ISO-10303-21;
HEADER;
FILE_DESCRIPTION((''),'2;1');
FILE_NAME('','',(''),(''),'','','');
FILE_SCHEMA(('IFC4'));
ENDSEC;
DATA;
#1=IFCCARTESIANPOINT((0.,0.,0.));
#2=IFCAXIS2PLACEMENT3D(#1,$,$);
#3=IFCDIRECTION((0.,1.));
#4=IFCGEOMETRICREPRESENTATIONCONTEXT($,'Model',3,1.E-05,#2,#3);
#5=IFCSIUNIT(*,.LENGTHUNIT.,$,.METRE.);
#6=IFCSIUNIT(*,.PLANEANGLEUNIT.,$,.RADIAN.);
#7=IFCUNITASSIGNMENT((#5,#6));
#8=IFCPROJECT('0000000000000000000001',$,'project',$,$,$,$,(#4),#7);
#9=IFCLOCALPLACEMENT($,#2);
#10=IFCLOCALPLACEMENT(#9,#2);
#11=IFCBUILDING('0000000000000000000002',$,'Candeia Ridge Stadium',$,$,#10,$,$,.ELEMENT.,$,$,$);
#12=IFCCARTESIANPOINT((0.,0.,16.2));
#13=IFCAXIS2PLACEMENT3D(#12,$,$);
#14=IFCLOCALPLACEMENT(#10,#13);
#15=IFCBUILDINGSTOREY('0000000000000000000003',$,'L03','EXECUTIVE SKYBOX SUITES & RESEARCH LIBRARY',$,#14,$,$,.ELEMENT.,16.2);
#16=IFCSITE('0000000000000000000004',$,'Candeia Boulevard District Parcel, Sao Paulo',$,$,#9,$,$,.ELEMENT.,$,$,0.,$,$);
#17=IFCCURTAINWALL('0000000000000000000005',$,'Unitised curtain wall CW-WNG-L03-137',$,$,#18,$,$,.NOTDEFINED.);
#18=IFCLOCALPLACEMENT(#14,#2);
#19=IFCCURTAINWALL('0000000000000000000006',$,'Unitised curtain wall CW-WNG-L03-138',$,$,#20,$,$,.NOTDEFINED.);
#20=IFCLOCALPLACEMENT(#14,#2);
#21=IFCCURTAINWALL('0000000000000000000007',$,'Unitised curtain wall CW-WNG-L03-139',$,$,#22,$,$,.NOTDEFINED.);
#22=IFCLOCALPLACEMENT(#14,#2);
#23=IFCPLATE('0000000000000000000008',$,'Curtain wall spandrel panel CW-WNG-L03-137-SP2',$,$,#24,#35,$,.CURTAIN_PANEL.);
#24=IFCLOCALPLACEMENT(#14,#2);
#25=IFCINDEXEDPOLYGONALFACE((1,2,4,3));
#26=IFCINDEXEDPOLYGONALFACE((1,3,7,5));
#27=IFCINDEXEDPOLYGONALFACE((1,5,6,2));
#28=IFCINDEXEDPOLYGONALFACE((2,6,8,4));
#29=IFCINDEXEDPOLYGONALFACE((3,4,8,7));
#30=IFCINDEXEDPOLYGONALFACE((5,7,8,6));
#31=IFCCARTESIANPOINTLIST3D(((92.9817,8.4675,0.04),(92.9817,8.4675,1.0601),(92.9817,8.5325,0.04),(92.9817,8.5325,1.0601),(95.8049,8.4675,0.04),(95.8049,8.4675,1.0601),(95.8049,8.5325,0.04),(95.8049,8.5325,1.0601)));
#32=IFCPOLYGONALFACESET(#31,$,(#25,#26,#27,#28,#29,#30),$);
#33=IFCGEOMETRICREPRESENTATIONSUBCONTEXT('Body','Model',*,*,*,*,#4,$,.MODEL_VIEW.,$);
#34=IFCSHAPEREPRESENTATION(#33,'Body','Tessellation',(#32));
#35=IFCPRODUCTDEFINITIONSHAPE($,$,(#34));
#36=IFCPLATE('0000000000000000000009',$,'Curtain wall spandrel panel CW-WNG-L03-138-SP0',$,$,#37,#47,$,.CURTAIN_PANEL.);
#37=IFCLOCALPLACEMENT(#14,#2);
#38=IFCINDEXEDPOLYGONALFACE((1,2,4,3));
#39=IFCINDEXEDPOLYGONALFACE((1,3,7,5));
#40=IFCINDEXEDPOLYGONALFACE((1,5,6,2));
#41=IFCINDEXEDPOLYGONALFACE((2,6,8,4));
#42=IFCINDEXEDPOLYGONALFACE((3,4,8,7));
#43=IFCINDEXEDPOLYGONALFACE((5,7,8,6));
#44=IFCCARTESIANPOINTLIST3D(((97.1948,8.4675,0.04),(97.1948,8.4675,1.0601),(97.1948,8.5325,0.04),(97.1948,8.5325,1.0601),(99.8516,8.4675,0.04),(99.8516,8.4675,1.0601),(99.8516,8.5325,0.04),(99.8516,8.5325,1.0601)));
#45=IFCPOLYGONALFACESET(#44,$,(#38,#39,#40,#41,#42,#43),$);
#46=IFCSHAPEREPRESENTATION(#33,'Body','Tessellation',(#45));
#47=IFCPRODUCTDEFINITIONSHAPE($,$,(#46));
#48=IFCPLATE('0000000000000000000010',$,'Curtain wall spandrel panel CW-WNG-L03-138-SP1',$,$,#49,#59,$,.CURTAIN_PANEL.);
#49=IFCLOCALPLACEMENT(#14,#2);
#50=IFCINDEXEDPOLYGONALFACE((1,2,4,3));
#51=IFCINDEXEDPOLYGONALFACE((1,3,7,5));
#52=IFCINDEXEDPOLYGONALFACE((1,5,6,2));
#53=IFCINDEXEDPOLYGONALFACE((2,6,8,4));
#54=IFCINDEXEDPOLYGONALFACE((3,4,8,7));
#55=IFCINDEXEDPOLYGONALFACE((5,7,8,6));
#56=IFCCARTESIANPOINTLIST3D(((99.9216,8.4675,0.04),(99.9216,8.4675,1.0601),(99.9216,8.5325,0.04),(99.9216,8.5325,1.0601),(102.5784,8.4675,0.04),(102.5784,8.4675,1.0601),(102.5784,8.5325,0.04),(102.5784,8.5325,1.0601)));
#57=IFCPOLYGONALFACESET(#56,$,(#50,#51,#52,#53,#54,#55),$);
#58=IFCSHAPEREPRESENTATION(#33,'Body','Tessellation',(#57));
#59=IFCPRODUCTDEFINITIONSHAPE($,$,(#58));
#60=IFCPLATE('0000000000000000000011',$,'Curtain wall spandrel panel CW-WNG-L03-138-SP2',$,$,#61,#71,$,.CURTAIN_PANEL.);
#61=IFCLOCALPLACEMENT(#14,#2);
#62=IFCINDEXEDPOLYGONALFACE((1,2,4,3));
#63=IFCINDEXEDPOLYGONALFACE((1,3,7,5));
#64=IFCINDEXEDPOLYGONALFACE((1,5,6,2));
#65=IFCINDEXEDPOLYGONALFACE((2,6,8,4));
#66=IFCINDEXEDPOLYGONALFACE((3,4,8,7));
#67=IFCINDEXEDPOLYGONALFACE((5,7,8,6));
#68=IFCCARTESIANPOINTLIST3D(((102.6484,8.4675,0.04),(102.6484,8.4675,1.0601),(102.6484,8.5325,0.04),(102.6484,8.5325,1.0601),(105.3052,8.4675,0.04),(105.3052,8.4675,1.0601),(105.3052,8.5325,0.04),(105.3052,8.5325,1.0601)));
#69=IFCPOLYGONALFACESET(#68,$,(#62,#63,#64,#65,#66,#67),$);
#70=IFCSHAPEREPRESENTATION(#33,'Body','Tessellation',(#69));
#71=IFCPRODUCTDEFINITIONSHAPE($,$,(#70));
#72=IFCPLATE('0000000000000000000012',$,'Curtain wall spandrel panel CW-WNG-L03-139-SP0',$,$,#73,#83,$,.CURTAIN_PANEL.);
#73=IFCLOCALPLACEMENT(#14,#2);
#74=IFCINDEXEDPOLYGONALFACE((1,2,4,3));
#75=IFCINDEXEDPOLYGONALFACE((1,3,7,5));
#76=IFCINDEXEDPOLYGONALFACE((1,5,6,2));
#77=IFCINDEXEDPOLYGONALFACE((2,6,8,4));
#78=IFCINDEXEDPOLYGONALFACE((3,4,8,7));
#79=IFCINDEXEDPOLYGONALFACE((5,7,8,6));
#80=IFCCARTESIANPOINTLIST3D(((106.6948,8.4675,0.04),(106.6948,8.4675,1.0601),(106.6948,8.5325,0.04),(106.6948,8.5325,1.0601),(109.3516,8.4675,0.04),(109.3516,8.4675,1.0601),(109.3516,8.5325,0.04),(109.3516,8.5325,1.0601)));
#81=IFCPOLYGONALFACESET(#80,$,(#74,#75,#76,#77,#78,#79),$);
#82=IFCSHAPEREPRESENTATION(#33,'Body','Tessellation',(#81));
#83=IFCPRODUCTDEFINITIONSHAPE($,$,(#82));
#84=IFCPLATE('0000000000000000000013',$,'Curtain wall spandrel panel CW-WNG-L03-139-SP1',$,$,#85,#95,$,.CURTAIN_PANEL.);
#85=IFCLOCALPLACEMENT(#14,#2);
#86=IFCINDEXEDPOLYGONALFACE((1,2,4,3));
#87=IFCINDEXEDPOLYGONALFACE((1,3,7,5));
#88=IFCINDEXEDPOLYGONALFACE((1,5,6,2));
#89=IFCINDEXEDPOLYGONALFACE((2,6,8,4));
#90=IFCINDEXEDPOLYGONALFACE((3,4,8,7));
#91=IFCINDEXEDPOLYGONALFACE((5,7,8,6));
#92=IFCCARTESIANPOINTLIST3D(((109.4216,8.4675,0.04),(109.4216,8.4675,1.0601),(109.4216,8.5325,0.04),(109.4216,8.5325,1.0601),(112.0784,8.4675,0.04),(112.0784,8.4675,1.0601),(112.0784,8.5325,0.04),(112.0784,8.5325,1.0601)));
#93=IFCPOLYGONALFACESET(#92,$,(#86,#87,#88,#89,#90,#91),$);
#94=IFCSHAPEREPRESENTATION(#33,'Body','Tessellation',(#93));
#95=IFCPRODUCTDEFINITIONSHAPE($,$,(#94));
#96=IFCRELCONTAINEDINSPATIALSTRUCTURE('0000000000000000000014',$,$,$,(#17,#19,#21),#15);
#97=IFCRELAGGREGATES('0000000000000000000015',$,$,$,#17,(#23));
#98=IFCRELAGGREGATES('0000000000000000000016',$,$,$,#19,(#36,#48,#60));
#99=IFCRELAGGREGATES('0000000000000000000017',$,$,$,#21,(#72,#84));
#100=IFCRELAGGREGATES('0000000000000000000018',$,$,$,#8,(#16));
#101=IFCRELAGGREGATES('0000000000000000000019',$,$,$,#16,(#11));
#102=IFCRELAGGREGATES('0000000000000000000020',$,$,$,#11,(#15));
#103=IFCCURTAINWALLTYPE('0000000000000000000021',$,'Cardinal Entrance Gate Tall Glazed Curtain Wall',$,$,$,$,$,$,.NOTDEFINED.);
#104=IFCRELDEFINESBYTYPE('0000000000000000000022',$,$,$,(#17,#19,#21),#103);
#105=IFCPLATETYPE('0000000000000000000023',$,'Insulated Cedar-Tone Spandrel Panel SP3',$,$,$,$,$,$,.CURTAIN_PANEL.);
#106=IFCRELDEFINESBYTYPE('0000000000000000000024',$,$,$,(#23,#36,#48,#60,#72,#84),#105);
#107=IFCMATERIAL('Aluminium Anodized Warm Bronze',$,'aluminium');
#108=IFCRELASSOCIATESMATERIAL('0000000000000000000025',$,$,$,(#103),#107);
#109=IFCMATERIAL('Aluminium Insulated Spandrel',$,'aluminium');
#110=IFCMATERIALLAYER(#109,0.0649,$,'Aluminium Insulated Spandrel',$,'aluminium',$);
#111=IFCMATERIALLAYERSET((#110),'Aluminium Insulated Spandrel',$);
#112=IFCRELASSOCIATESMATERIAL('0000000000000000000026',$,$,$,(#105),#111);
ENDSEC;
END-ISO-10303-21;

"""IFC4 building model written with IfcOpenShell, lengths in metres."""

from ifc_helpers import new_model, si_unit, direction, frame, origin, origin_2d, place, context, subcontext, project, spatial, rectangle, extrude, material, layer, layer_set, type_object, element, aggregate, save


model = new_model("IFC4")

# Units and contexts
model_context = context("Model", 3, precision=1e-05, world=origin(), true_north=direction((0.0, 1.0)))
body_context = subcontext(model_context, "Body", "Model", "MODEL_VIEW")
ifc_project = project(units=[si_unit("LENGTHUNIT", "METRE"), si_unit("PLANEANGLEUNIT", "RADIAN")], contexts=[model_context])

# Site, building, storey
site_placement = place(None, origin())
site = spatial("IfcSite", under=ifc_project, at=site_placement, Name="Candeia Boulevard District Parcel, Sao Paulo", CompositionType="ELEMENT", RefElevation=0.0)
building_placement = place(site_placement, origin())
building = spatial("IfcBuilding", under=site, at=building_placement, Name="Candeia Ridge Stadium", CompositionType="ELEMENT")
storey_placement = place(building_placement, frame((0.0, 0.0, 16.2)))
storey = spatial("IfcBuildingStorey", under=building, at=storey_placement, Name="L03", Description="EXECUTIVE SKYBOX SUITES & RESEARCH LIBRARY", CompositionType="ELEMENT", Elevation=16.2)

# Curtain wall
ifc_material_1 = material(Name="Aluminium Anodized Warm Bronze", Category="aluminium")
curtain_wall_type = type_object("IfcCurtainWallType", Name="Cardinal Entrance Gate Tall Glazed Curtain Wall", PredefinedType="NOTDEFINED", material=ifc_material_1)
curtain_wall_1_placement = place(storey_placement, origin())
curtain_wall_1 = element("IfcCurtainWall", 1, at=curtain_wall_1_placement, inside=storey, type_object=curtain_wall_type, Name="Unitised curtain wall CW-WNG-L03-137", PredefinedType="NOTDEFINED")

# Curtain wall
curtain_wall_2_placement = place(storey_placement, origin())
curtain_wall_2 = element("IfcCurtainWall", 2, at=curtain_wall_2_placement, inside=storey, type_object=curtain_wall_type, Name="Unitised curtain wall CW-WNG-L03-138", PredefinedType="NOTDEFINED")

# Curtain wall
curtain_wall_3_placement = place(storey_placement, origin())
curtain_wall_3 = element("IfcCurtainWall", 3, at=curtain_wall_3_placement, inside=storey, type_object=curtain_wall_type, Name="Unitised curtain wall CW-WNG-L03-139", PredefinedType="NOTDEFINED")

# Plates
ifc_material_2 = material(Name="Aluminium Insulated Spandrel", Category="aluminium")
ifc_layer_1 = layer(ifc_material_2, 0.0649, Name="Aluminium Insulated Spandrel", Category="aluminium")
ifc_layer_set_1 = layer_set([ifc_layer_1], Name="Aluminium Insulated Spandrel")
plate_type_1 = type_object("IfcPlateType", Name="Insulated Cedar-Tone Spandrel Panel SP3", PredefinedType="CURTAIN_PANEL", material=ifc_layer_set_1)
plate_1_placement = place(storey_placement, frame((94.3933, 8.5, 0.04), z_axis=(0.0, 0.0, 1.0), x_axis=(1.0, 0.0, 0.0)))
plate_1 = element("IfcPlate", 4, at=plate_1_placement, type_object=plate_type_1, Name="Curtain wall spandrel panel CW-WNG-L03-137-SP2", PredefinedType="CURTAIN_PANEL", context=body_context, shape_type="SweptSolid", body=[
    extrude(rectangle(XDim=2.8232, YDim=0.0649, at=origin_2d()), origin(), (0.0, 0.0, 1.0), 1.02),
])
aggregate(curtain_wall_1, [plate_1])
plate_2_placement = place(storey_placement, frame((98.5232, 8.5, 0.04), z_axis=(0.0, 0.0, 1.0), x_axis=(1.0, 0.0, 0.0)))
plate_2 = element("IfcPlate", 5, at=plate_2_placement, type_object=plate_type_1, Name="Curtain wall spandrel panel CW-WNG-L03-138-SP0", PredefinedType="CURTAIN_PANEL", context=body_context, shape_type="SweptSolid", body=[
    extrude(rectangle(XDim=2.6567, YDim=0.0649, at=origin_2d()), origin(), (0.0, 0.0, 1.0), 1.02),
])
plate_3_placement = place(storey_placement, frame((101.25, 8.5, 0.04), z_axis=(0.0, 0.0, 1.0), x_axis=(1.0, 0.0, 0.0)))
plate_3 = element("IfcPlate", 6, at=plate_3_placement, type_object=plate_type_1, Name="Curtain wall spandrel panel CW-WNG-L03-138-SP1", PredefinedType="CURTAIN_PANEL", context=body_context, shape_type="SweptSolid", body=[
    extrude(rectangle(XDim=2.6567, YDim=0.0649, at=origin_2d()), origin(), (0.0, 0.0, 1.0), 1.02),
])
plate_4_placement = place(storey_placement, frame((103.9768, 8.5, 0.04), z_axis=(0.0, 0.0, 1.0), x_axis=(1.0, 0.0, 0.0)))
plate_4 = element("IfcPlate", 7, at=plate_4_placement, type_object=plate_type_1, Name="Curtain wall spandrel panel CW-WNG-L03-138-SP2", PredefinedType="CURTAIN_PANEL", context=body_context, shape_type="SweptSolid", body=[
    extrude(rectangle(XDim=2.6567, YDim=0.0649, at=origin_2d()), origin(), (0.0, 0.0, 1.0), 1.02),
])
aggregate(curtain_wall_2, [plate_2, plate_3, plate_4])
plate_5_placement = place(storey_placement, frame((108.0232, 8.5, 0.04), z_axis=(0.0, 0.0, 1.0), x_axis=(1.0, 0.0, 0.0)))
plate_5 = element("IfcPlate", 8, at=plate_5_placement, type_object=plate_type_1, Name="Curtain wall spandrel panel CW-WNG-L03-139-SP0", PredefinedType="CURTAIN_PANEL", context=body_context, shape_type="SweptSolid", body=[
    extrude(rectangle(XDim=2.6567, YDim=0.0649, at=origin_2d()), origin(), (0.0, 0.0, 1.0), 1.02),
])
plate_6_placement = place(storey_placement, frame((110.75, 8.5, 0.04), z_axis=(0.0, 0.0, 1.0), x_axis=(1.0, 0.0, 0.0)))
plate_6 = element("IfcPlate", 9, at=plate_6_placement, type_object=plate_type_1, Name="Curtain wall spandrel panel CW-WNG-L03-139-SP1", PredefinedType="CURTAIN_PANEL", context=body_context, shape_type="SweptSolid", body=[
    extrude(rectangle(XDim=2.6567, YDim=0.0649, at=origin_2d()), origin(), (0.0, 0.0, 1.0), 1.02),
])
aggregate(curtain_wall_3, [plate_5, plate_6])

save(model, "model.ifc")
